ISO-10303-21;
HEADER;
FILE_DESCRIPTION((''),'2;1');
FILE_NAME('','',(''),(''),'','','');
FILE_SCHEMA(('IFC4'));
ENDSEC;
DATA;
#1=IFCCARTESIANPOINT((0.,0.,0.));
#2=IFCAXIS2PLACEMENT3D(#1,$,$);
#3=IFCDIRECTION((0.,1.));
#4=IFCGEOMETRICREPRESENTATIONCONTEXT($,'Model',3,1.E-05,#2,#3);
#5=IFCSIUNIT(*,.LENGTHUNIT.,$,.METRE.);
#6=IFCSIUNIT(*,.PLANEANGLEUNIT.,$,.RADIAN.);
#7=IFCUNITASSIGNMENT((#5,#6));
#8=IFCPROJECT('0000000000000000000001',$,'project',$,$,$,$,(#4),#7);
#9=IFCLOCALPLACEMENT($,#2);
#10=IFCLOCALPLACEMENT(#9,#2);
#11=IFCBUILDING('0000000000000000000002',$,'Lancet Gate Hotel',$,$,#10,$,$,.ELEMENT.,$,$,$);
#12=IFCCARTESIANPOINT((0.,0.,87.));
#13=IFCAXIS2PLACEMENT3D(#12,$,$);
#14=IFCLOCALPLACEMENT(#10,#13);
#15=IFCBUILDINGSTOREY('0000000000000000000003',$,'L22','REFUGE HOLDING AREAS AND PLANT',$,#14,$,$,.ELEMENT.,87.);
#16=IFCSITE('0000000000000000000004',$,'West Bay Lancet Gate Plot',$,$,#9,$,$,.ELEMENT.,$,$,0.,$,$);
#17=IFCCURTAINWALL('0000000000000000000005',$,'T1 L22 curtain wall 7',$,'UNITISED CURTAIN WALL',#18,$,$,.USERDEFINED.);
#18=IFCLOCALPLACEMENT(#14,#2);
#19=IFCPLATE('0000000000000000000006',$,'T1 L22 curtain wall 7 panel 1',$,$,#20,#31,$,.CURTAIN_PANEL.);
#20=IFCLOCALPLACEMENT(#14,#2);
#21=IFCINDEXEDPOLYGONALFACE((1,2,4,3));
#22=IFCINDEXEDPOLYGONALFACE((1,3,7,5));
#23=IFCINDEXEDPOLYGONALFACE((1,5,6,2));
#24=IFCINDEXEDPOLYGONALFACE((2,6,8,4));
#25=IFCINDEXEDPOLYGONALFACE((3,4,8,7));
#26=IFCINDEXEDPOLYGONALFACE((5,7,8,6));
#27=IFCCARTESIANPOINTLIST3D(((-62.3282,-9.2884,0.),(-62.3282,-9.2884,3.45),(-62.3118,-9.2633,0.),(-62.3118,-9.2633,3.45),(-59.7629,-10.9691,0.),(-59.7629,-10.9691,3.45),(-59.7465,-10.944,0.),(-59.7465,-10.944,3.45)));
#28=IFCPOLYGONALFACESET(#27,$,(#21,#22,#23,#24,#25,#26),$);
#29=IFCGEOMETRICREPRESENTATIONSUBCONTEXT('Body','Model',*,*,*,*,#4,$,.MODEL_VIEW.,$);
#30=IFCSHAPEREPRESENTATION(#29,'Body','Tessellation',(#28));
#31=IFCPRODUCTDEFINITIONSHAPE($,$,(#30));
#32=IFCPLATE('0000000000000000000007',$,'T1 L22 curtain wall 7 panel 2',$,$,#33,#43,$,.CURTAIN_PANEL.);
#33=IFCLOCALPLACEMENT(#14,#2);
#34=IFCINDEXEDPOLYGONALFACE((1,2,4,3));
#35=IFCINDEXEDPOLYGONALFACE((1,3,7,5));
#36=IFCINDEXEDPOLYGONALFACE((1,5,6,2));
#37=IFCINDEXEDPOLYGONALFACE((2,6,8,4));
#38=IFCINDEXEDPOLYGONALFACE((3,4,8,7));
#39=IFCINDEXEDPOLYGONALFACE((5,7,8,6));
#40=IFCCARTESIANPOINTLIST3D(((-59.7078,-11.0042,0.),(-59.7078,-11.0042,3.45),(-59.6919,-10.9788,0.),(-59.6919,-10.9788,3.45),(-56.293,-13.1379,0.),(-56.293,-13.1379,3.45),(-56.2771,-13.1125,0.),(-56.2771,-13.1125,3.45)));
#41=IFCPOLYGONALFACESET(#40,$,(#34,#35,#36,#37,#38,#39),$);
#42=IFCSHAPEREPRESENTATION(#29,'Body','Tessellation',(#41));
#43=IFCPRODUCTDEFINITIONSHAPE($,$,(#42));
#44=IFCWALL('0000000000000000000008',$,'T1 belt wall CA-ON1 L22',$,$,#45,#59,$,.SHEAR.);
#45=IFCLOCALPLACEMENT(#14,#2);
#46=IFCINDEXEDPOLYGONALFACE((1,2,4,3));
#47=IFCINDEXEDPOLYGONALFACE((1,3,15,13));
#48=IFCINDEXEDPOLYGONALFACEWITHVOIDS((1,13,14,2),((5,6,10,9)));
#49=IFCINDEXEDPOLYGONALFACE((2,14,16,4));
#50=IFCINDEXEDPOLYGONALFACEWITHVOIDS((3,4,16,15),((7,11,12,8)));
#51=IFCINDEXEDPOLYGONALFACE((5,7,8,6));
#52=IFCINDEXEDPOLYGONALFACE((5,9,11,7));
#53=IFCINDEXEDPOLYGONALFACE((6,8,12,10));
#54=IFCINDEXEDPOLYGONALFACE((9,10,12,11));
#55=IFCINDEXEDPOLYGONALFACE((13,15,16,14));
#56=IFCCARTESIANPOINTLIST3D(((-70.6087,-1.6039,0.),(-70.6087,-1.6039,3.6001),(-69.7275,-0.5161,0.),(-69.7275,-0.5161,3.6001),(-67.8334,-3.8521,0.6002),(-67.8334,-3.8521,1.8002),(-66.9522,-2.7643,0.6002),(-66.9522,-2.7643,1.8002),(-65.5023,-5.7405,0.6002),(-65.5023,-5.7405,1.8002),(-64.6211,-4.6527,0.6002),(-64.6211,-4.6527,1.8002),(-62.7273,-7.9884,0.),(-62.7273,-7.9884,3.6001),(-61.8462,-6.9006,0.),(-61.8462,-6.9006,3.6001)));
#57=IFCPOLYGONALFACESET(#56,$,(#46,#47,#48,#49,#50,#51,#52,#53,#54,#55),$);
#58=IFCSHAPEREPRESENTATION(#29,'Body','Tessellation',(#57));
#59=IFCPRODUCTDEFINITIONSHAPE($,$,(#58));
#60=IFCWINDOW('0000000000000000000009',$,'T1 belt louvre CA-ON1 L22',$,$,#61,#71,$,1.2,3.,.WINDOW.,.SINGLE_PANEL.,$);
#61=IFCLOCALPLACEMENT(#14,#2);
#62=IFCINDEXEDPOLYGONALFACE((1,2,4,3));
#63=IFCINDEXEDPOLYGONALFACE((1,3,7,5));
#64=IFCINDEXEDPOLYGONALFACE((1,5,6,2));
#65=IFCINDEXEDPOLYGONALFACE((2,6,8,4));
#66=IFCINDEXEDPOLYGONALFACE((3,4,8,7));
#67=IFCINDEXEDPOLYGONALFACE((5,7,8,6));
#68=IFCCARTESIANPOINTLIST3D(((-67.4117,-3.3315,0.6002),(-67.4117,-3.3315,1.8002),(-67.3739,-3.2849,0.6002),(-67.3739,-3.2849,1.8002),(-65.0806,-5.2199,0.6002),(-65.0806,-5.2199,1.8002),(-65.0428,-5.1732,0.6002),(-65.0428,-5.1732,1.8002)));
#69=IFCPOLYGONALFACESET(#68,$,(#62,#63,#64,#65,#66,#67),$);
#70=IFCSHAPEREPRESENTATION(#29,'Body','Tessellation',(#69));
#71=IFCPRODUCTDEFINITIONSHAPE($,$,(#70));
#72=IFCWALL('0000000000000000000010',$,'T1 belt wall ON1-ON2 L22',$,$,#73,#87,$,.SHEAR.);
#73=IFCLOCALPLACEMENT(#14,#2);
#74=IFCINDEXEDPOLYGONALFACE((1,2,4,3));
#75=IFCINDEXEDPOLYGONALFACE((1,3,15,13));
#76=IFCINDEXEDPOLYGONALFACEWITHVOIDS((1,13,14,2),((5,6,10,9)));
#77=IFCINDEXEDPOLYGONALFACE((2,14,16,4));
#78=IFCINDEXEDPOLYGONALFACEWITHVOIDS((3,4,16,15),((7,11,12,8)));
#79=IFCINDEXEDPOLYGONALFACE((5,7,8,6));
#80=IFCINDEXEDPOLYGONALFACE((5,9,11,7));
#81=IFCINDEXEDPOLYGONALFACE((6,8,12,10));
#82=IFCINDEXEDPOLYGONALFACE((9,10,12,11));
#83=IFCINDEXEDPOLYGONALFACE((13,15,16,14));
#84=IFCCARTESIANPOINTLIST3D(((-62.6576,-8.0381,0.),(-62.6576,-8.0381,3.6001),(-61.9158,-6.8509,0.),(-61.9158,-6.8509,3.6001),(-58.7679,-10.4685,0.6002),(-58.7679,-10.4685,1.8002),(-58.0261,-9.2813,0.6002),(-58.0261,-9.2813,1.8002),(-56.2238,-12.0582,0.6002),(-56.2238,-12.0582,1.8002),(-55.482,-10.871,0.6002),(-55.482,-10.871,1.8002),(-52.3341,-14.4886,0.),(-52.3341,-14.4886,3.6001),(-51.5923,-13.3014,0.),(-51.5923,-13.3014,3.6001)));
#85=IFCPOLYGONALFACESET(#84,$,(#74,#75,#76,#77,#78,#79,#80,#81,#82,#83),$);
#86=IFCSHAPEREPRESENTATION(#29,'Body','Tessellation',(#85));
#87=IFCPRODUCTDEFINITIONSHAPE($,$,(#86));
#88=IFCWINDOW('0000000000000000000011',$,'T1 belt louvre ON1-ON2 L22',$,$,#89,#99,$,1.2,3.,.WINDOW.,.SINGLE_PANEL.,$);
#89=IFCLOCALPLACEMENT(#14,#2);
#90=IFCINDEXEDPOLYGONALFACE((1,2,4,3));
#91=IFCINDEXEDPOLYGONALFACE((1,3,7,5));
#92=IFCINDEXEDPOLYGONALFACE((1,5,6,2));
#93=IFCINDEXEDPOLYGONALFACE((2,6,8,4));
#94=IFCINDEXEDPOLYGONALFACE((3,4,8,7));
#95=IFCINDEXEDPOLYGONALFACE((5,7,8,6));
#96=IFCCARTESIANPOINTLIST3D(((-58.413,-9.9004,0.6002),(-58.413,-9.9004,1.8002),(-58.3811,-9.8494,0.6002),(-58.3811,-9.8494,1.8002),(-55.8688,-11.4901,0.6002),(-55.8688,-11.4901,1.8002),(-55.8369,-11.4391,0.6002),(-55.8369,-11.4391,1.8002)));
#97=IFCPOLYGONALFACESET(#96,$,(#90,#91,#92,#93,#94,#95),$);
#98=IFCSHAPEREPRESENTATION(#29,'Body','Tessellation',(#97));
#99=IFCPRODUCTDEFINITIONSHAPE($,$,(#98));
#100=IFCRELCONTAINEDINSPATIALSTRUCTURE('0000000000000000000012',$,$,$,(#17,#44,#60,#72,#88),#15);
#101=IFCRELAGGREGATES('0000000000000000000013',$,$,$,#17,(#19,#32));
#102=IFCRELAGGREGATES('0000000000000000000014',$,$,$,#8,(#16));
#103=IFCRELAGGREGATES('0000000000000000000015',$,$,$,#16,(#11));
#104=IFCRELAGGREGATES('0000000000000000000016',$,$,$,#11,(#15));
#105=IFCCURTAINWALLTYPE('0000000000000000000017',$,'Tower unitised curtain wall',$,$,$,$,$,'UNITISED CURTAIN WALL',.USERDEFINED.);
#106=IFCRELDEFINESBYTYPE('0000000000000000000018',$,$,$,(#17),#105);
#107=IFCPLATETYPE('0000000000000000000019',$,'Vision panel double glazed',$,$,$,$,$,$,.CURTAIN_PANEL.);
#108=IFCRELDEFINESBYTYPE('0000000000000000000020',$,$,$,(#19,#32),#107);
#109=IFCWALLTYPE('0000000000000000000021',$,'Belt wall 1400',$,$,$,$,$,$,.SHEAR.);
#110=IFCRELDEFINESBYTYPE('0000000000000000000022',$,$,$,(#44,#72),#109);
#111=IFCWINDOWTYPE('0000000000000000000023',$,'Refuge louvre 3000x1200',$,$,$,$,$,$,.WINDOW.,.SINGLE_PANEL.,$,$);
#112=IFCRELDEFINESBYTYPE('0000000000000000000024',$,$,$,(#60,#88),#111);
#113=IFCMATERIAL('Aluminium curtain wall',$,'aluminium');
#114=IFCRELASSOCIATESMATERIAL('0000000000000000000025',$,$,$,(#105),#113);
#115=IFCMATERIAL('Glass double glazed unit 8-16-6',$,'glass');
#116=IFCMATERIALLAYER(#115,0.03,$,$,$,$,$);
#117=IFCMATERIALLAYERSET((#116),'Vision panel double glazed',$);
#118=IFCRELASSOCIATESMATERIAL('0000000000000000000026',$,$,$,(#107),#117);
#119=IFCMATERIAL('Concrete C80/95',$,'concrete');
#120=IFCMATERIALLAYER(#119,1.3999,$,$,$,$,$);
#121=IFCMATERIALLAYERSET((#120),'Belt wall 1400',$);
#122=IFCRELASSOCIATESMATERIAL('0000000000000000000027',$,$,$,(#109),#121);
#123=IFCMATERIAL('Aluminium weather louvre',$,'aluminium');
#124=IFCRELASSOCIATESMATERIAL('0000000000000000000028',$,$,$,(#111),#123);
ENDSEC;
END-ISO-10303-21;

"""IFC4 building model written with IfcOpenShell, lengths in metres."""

from ifc_helpers import new_model, si_unit, direction, frame, frame_2d, origin, origin_2d, place, context, subcontext, project, spatial, rectangle, extrude, material, layer, layer_set, type_object, element, fill, aggregate, save


model = new_model("IFC4")

# Units and contexts
model_context = context("Model", 3, precision=1e-05, world=origin(), true_north=direction((0.0, 1.0)))
body_context = subcontext(model_context, "Body", "Model", "MODEL_VIEW")
ifc_project = project(units=[si_unit("LENGTHUNIT", "METRE"), si_unit("PLANEANGLEUNIT", "RADIAN")], contexts=[model_context])

# Site, building, storey
site_placement = place(None, origin())
site = spatial("IfcSite", under=ifc_project, at=site_placement, Name="West Bay Lancet Gate Plot", CompositionType="ELEMENT", RefElevation=0.0)
building_placement = place(site_placement, origin())
building = spatial("IfcBuilding", under=site, at=building_placement, Name="Lancet Gate Hotel", CompositionType="ELEMENT")
storey_placement = place(building_placement, frame((0.0, 0.0, 87.0)))
storey = spatial("IfcBuildingStorey", under=building, at=storey_placement, Name="L22", Description="REFUGE HOLDING AREAS AND PLANT", CompositionType="ELEMENT", Elevation=87.0)

# Shared definitions
ifc_material_1 = material(Name="Aluminium curtain wall", Category="aluminium")
curtain_wall_type = type_object("IfcCurtainWallType", Name="Tower unitised curtain wall", ElementType="UNITISED CURTAIN WALL", PredefinedType="USERDEFINED", material=ifc_material_1)

# Curtain wall
curtain_wall_1_placement = place(storey_placement, origin())
curtain_wall_1 = element("IfcCurtainWall", 1, at=curtain_wall_1_placement, inside=storey, type_object=curtain_wall_type, Name="T1 L22 curtain wall 7", ObjectType="UNITISED CURTAIN WALL", PredefinedType="USERDEFINED")

# Plates
ifc_material_2 = material(Name="Glass double glazed unit 8-16-6", Category="glass")
ifc_layer_1 = layer(ifc_material_2, 0.03)
ifc_layer_set_1 = layer_set([ifc_layer_1], Name="Vision panel double glazed")
plate_type = type_object("IfcPlateType", Name="Vision panel double glazed", PredefinedType="CURTAIN_PANEL", material=ifc_layer_set_1)
plate_1_placement = place(storey_placement, frame((-61.0374, -10.1162, 0.0), z_axis=(0.0, 0.0, 1.0), x_axis=(0.836458, -0.548032, 0.0)))
plate_1 = element("IfcPlate", 2, at=plate_1_placement, type_object=plate_type, Name="T1 L22 curtain wall 7 panel 1", PredefinedType="CURTAIN_PANEL", context=body_context, shape_type="SweptSolid", body=[
    extrude(rectangle(XDim=3.0669, YDim=0.03, at=origin_2d()), origin(), (0.0, 0.0, 1.0), 3.45),
])
plate_2_placement = place(storey_placement, frame((-57.9924, -12.0583, 0.0), z_axis=(0.0, 0.0, 1.0), x_axis=(0.848061, -0.529899, 0.0)))
plate_2 = element("IfcPlate", 3, at=plate_2_placement, type_object=plate_type, Name="T1 L22 curtain wall 7 panel 2", PredefinedType="CURTAIN_PANEL", context=body_context, shape_type="SweptSolid", body=[
    extrude(rectangle(XDim=4.0266, YDim=0.03, at=origin_2d()), origin(), (0.0, 0.0, 1.0), 3.45),
])
aggregate(curtain_wall_1, [plate_1, plate_2])

# Walls, openings, windows
ifc_material_3 = material(Name="Concrete C80/95", Category="concrete")
ifc_layer_2 = layer(ifc_material_3, 1.3999)
ifc_layer_set_2 = layer_set([ifc_layer_2], Name="Belt wall 1400")
wall_type = type_object("IfcWallType", Name="Belt wall 1400", PredefinedType="SHEAR", material=ifc_layer_set_2)
wall_1_placement = place(storey_placement, frame((-70.168, -1.0601, 0.0), z_axis=(0.0, 0.0, 1.0), x_axis=(0.777034, -0.629459, 0.0)))
wall_1 = element("IfcWall", 4, at=wall_1_placement, inside=storey, type_object=wall_type, Name="T1 belt wall CA-ON1 L22", PredefinedType="SHEAR", context=body_context, shape_type="SweptSolid", body=[
    extrude(rectangle(XDim=10.1428, YDim=1.3999, at=frame_2d((5.0713, 0.0))), origin(), (0.0, 0.0, 1.0), 3.6001),
])
opening_1_placement = place(wall_1_placement, frame((3.5715, 0.0, 0.6001)))
opening_1 = element("IfcOpeningElement", 5, at=opening_1_placement, cuts=wall_1, PredefinedType="OPENING", context=body_context, shape_type="SweptSolid", body=[
    extrude(rectangle(XDim=3.0, YDim=1.2, at=frame_2d((1.5, 0.6001))), frame((0.0, 0.71, 0.0), z_axis=(0.0, -1.0, 0.0), x_axis=(1.0, 0.0, 0.0)), (0.0, 0.0, 1.0), 1.4199),
])
ifc_material_4 = material(Name="Aluminium weather louvre", Category="aluminium")
window_type = type_object("IfcWindowType", Name="Refuge louvre 3000x1200", PartitioningType="SINGLE_PANEL", PredefinedType="WINDOW", material=ifc_material_4)
window_1_placement = place(opening_1_placement, origin())
window_1 = element("IfcWindow", 6, at=window_1_placement, inside=storey, type_object=window_type, Name="T1 belt louvre CA-ON1 L22", OverallHeight=1.2, OverallWidth=3.0, PartitioningType="SINGLE_PANEL", PredefinedType="WINDOW", context=body_context, shape_type="SweptSolid", body=[
    extrude(rectangle(XDim=3.0, YDim=1.2, at=frame_2d((1.5, 0.6001))), frame((0.0, 0.03, 0.0), z_axis=(0.0, -1.0, 0.0), x_axis=(1.0, 0.0, 0.0)), (0.0, 0.0, 1.0), 0.0601),
])
fill(opening_1, window_1)
wall_2_placement = place(storey_placement, frame((-62.2866, -7.4446, 0.0), z_axis=(0.0, 0.0, 1.0), x_axis=(0.848063, -0.529896, 0.0)))
wall_2 = element("IfcWall", 7, at=wall_2_placement, inside=storey, type_object=wall_type, Name="T1 belt wall ON1-ON2 L22", PredefinedType="SHEAR", context=body_context, shape_type="SweptSolid", body=[
    extrude(rectangle(XDim=12.1731, YDim=1.3999, at=frame_2d((6.0864, 0.0))), origin(), (0.0, 0.0, 1.0), 3.6001),
])
opening_2_placement = place(wall_2_placement, frame((4.5864, 0.0, 0.6001)))
opening_2 = element("IfcOpeningElement", 8, at=opening_2_placement, cuts=wall_2, PredefinedType="OPENING", context=body_context, shape_type="SweptSolid", body=[
    extrude(rectangle(XDim=3.0, YDim=1.2, at=frame_2d((1.5, 0.6001))), frame((0.0, 0.71, 0.0), z_axis=(0.0, -1.0, 0.0), x_axis=(1.0, 0.0, 0.0)), (0.0, 0.0, 1.0), 1.4199),
])
window_2_placement = place(opening_2_placement, origin())
window_2 = element("IfcWindow", 9, at=window_2_placement, inside=storey, type_object=window_type, Name="T1 belt louvre ON1-ON2 L22", OverallHeight=1.2, OverallWidth=3.0, PartitioningType="SINGLE_PANEL", PredefinedType="WINDOW", context=body_context, shape_type="SweptSolid", body=[
    extrude(rectangle(XDim=3.0, YDim=1.2, at=frame_2d((1.5, 0.6001))), frame((0.0, 0.03, 0.0), z_axis=(0.0, -1.0, 0.0), x_axis=(1.0, 0.0, 0.0)), (0.0, 0.0, 1.0), 0.0601),
])
fill(opening_2, window_2)

save(model, "model.ifc")
